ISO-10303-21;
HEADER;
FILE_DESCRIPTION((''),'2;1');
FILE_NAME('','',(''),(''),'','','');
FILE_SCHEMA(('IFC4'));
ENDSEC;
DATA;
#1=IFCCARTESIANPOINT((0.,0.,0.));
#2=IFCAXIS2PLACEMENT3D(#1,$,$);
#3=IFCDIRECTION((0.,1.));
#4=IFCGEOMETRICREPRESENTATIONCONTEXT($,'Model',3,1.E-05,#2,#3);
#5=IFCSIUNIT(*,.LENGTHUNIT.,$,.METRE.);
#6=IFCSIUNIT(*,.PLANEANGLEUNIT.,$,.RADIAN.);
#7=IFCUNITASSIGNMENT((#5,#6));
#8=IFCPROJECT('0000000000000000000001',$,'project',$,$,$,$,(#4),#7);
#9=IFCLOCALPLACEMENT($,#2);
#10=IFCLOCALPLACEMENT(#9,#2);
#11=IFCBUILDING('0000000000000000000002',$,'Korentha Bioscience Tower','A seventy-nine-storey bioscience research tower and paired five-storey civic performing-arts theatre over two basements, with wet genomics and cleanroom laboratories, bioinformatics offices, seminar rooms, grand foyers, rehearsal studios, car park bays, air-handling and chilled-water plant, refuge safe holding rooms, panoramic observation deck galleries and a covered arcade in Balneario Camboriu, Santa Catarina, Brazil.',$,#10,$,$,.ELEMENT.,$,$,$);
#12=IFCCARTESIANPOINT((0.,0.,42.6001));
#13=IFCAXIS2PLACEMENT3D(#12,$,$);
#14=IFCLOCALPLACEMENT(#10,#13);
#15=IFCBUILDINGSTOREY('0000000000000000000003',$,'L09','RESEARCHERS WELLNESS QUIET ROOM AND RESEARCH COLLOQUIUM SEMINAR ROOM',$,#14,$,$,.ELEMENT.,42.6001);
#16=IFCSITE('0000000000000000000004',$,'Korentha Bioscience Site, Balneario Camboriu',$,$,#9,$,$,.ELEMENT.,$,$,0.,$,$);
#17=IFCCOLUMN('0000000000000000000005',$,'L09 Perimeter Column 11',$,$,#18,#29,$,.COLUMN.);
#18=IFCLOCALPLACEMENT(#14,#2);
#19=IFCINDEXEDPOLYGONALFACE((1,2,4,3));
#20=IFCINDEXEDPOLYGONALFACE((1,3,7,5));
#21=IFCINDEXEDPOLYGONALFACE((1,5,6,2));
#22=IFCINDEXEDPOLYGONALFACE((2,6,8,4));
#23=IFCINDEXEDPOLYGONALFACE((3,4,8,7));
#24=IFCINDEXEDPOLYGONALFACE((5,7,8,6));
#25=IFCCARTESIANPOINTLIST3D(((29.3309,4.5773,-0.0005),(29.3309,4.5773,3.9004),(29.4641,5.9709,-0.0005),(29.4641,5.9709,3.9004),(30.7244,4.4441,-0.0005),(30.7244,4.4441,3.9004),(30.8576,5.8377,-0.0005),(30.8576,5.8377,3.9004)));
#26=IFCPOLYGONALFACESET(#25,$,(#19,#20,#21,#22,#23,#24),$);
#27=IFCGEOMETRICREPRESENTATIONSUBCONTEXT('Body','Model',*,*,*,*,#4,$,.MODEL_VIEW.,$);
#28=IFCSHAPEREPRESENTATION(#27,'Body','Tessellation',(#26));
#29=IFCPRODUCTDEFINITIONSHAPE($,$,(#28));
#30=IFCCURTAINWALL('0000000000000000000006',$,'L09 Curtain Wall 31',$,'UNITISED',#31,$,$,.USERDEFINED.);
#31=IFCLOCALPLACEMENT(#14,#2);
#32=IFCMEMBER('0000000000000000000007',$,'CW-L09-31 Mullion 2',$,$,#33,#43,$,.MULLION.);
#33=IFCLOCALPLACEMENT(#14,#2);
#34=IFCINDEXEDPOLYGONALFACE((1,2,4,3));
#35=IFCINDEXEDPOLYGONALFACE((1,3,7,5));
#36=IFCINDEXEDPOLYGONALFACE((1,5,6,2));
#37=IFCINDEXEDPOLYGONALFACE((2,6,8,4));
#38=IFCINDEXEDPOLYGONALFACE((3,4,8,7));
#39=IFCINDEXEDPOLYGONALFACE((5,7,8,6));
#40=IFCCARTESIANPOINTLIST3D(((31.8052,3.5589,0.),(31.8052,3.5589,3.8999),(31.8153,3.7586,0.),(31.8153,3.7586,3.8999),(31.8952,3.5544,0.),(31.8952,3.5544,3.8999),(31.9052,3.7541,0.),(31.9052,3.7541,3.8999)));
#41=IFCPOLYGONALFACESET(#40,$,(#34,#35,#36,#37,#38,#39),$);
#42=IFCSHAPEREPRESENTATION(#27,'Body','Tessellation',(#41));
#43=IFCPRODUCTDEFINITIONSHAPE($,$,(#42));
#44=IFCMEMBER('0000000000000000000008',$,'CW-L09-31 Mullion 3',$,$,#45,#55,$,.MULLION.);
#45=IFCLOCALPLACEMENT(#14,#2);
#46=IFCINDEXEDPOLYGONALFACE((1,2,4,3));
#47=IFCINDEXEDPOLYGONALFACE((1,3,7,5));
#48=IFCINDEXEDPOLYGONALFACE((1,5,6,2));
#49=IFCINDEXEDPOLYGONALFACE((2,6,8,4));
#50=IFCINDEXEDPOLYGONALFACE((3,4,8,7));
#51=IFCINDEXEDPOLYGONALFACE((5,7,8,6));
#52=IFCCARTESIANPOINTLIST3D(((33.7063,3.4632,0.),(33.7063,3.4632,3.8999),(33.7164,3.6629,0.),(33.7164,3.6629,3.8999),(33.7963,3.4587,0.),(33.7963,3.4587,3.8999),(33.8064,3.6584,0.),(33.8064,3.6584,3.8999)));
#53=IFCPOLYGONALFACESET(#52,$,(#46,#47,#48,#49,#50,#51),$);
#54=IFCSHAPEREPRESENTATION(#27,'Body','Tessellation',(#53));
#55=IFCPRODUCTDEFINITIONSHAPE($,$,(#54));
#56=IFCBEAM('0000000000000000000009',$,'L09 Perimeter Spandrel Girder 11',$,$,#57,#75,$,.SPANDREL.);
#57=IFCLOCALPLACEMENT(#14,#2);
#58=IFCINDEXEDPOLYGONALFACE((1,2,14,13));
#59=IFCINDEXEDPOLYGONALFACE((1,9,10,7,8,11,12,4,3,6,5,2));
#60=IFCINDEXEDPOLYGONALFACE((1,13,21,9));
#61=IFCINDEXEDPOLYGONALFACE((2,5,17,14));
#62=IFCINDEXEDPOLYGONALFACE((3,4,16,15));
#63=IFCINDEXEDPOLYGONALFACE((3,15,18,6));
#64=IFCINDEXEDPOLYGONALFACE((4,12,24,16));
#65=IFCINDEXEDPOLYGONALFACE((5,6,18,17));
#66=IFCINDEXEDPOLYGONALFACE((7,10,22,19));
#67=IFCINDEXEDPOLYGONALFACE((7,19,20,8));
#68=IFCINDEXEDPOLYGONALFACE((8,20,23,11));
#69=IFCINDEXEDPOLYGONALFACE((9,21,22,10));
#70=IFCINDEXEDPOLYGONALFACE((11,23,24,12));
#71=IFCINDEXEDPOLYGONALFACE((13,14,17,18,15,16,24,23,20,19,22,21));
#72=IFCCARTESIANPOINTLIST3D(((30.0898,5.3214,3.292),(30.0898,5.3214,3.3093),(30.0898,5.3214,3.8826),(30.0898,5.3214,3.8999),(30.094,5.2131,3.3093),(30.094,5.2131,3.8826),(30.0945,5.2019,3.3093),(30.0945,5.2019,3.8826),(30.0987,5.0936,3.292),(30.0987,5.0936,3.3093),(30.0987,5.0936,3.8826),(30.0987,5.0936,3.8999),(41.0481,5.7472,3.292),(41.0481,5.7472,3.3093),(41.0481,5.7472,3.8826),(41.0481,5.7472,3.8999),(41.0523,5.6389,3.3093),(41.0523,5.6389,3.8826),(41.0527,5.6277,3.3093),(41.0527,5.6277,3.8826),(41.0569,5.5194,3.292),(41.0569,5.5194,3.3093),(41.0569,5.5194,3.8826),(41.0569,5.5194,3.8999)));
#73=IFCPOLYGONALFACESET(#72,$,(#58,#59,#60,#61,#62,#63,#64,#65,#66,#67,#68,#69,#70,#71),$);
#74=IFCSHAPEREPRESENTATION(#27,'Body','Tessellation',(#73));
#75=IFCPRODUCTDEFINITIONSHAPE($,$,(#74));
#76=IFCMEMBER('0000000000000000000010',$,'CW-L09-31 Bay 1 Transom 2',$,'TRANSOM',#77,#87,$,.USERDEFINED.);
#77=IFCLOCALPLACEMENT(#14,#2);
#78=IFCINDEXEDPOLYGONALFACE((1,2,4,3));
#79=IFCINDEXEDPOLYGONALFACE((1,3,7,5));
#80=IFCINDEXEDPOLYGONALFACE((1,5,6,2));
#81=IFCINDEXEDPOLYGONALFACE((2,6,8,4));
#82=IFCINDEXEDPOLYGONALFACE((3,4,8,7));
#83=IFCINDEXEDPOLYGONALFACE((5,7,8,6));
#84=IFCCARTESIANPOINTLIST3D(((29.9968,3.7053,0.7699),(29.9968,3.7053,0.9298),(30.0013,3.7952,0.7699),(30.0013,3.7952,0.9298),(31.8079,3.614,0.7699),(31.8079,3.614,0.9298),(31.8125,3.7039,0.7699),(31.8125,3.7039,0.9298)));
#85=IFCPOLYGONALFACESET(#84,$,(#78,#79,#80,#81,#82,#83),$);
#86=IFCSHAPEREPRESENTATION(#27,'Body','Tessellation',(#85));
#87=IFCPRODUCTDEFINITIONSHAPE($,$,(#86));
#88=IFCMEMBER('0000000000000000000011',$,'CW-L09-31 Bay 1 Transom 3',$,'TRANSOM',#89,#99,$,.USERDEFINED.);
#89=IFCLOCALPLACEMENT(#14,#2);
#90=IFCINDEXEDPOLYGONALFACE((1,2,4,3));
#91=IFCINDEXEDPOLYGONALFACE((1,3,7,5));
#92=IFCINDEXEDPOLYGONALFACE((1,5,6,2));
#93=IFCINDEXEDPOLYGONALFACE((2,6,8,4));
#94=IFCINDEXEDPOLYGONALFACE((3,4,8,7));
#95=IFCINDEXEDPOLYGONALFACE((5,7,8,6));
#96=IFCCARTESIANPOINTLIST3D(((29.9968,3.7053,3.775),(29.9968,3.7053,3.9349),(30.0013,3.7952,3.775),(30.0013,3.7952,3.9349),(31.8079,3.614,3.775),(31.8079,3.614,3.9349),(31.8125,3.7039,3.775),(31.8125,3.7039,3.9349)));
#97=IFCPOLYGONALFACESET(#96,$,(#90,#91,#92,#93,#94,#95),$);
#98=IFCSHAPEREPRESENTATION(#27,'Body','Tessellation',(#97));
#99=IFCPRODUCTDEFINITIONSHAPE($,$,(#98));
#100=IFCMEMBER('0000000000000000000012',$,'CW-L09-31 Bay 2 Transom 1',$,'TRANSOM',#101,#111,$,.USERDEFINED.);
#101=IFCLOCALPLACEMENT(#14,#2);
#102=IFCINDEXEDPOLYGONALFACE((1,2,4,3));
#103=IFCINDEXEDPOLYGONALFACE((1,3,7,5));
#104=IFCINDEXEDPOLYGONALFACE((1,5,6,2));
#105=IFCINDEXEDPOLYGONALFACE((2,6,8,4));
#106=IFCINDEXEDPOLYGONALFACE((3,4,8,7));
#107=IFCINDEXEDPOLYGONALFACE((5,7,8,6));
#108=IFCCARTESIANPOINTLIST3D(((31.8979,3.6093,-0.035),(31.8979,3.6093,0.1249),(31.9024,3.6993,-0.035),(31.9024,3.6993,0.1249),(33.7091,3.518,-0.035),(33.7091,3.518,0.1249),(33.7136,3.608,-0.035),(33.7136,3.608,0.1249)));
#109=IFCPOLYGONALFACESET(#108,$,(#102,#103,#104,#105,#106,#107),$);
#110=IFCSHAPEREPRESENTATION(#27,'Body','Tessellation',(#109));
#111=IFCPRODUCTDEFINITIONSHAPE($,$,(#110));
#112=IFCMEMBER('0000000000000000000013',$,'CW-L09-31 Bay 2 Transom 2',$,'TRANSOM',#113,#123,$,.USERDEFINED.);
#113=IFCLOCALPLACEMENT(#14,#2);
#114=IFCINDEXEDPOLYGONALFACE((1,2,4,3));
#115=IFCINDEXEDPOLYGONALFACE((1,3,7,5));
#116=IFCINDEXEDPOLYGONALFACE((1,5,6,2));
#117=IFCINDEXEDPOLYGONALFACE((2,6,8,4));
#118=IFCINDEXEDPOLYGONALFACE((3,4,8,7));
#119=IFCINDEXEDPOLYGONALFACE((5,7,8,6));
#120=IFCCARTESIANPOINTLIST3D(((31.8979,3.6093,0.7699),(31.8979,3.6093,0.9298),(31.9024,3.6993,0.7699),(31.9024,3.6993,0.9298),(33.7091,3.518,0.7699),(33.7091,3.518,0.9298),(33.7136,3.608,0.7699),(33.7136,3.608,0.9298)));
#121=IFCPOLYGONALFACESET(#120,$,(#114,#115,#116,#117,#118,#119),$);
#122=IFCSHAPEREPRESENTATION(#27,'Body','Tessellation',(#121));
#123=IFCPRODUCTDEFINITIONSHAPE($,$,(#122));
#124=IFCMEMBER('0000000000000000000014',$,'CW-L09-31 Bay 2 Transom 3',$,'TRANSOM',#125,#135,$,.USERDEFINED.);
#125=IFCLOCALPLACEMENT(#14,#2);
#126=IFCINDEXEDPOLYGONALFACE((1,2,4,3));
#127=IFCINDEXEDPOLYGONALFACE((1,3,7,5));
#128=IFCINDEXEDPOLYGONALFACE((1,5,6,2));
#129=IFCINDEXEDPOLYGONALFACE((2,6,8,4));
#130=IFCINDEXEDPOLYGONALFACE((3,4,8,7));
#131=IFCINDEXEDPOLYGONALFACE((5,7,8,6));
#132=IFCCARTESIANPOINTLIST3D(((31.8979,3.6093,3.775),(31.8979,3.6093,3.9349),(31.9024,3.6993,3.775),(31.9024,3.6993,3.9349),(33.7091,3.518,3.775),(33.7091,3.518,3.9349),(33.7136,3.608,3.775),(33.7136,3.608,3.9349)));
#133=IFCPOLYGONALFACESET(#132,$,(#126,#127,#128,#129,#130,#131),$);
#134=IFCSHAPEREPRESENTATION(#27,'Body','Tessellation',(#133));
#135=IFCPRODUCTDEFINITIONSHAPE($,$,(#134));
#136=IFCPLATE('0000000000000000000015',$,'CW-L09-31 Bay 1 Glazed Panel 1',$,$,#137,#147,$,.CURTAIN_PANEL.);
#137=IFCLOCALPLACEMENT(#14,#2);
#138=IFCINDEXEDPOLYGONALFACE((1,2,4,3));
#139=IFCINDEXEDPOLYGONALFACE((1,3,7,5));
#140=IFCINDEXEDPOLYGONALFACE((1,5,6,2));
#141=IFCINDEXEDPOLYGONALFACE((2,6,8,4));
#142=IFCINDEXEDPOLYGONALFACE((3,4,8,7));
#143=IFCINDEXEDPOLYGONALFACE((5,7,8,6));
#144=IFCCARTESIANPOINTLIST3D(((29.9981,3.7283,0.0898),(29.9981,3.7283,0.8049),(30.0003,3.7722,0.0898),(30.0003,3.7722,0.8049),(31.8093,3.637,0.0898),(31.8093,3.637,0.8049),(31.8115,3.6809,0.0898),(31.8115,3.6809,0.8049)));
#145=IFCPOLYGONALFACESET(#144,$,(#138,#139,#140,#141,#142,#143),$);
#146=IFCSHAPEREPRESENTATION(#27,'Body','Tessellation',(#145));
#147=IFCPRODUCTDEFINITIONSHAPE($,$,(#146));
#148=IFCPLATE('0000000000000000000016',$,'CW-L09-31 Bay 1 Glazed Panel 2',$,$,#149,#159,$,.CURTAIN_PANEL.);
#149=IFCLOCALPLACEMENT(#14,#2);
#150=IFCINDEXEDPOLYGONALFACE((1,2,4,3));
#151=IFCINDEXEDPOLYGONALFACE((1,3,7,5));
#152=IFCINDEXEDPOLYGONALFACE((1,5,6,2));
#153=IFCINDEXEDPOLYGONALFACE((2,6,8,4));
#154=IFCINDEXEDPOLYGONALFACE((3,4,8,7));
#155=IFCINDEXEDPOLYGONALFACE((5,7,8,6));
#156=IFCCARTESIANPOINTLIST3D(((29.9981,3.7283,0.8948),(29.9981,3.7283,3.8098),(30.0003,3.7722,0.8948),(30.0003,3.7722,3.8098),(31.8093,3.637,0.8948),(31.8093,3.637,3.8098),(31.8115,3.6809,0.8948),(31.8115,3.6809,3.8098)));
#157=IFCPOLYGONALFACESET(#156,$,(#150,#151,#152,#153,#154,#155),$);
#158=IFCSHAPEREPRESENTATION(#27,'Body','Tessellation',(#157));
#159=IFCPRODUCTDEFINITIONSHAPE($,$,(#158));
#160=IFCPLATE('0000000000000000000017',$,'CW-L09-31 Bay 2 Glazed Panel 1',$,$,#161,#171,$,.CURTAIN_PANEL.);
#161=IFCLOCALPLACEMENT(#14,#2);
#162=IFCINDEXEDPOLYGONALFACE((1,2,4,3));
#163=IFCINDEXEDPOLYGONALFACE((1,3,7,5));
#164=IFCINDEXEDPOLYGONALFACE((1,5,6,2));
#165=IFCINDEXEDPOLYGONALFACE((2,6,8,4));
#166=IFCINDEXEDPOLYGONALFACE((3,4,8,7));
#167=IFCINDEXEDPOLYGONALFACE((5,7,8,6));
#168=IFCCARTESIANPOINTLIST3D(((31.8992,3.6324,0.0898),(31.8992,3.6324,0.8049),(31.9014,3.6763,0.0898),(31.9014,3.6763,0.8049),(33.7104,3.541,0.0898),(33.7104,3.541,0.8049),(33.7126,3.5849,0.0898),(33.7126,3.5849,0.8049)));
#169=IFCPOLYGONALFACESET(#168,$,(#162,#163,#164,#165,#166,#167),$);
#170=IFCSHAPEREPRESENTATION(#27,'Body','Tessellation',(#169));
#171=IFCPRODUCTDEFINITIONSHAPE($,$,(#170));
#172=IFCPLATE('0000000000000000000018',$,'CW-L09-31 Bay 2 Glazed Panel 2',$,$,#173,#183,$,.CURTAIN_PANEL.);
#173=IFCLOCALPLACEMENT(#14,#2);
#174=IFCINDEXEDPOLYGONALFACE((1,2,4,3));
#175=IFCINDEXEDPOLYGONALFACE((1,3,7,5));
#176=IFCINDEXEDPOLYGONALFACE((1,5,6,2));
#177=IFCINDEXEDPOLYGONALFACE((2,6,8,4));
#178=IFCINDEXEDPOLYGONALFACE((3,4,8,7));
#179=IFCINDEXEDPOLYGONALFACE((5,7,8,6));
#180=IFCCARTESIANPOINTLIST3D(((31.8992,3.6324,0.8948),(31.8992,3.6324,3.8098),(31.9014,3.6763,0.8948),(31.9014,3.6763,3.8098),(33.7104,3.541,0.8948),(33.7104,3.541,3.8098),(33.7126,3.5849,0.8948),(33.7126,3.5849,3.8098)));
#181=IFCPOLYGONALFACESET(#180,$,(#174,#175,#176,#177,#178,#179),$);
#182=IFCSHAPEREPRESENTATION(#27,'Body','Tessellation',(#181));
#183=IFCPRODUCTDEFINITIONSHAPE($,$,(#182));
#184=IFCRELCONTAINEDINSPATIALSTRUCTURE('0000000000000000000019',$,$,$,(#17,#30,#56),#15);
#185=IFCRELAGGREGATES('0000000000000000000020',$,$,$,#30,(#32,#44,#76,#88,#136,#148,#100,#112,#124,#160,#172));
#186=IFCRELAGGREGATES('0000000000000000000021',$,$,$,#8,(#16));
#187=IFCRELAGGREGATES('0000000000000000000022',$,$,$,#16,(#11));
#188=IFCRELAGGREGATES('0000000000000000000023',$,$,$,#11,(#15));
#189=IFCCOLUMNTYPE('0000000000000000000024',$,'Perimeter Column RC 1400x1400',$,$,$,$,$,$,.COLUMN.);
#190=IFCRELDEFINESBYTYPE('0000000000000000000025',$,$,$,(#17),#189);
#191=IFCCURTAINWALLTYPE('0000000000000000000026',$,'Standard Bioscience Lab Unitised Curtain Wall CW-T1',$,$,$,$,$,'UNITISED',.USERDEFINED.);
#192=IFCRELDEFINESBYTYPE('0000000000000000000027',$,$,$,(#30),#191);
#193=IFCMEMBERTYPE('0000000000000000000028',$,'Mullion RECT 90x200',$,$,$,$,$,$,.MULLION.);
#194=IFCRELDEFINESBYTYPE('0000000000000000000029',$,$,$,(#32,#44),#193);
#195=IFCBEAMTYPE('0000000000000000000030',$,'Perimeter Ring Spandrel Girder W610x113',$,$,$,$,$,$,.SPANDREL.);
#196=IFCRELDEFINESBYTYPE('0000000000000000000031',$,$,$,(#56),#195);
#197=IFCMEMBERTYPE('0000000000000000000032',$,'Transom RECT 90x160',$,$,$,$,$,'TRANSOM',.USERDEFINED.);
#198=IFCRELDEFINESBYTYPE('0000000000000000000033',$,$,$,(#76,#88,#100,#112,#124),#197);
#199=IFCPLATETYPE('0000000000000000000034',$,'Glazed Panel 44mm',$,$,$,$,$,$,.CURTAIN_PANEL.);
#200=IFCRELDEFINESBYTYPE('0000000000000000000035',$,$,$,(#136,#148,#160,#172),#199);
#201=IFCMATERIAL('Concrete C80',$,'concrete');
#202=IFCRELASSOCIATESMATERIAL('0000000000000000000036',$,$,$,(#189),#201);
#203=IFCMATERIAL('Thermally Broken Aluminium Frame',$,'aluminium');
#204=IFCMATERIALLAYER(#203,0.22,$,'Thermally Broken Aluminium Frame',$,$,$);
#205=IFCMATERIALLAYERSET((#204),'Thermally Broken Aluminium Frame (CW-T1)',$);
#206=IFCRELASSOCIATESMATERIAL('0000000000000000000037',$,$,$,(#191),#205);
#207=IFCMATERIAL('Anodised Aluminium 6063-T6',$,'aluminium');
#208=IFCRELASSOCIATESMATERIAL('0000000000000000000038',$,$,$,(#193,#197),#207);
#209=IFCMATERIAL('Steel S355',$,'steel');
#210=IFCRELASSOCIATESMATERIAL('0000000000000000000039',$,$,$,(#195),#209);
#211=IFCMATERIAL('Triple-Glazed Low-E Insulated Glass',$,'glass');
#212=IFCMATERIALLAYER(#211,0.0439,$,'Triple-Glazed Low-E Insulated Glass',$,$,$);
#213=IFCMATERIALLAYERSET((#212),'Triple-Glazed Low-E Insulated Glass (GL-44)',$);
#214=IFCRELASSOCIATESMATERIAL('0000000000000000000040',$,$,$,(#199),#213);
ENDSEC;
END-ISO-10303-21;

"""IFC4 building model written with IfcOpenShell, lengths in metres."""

from ifc_helpers import new_model, si_unit, direction, frame, origin, origin_2d, place, context, subcontext, project, spatial, rectangle, i_section, extrude, material, layer, layer_set, material_profile, profile_set, type_object, element, aggregate, save


model = new_model("IFC4")

# Units and contexts
model_context = context("Model", 3, precision=1e-05, world=origin(), true_north=direction((0.0, 1.0)))
body_context = subcontext(model_context, "Body", "Model", "MODEL_VIEW")
ifc_project = project(units=[si_unit("LENGTHUNIT", "METRE"), si_unit("PLANEANGLEUNIT", "RADIAN")], contexts=[model_context])

# Site, building, storey
site_placement = place(None, origin())
site = spatial("IfcSite", under=ifc_project, at=site_placement, Name="Korentha Bioscience Site, Balneario Camboriu", CompositionType="ELEMENT", RefElevation=0.0)
building_placement = place(site_placement, origin())
building = spatial("IfcBuilding", under=site, at=building_placement, Name="Korentha Bioscience Tower", Description="A seventy-nine-storey bioscience research tower and paired five-storey civic performing-arts theatre over two basements, with wet genomics and cleanroom laboratories, bioinformatics offices, seminar rooms, grand foyers, rehearsal studios, car park bays, air-handling and chilled-water plant, refuge safe holding rooms, panoramic observation deck galleries and a covered arcade in Balneario Camboriu, Santa Catarina, Brazil.", CompositionType="ELEMENT")
storey_placement = place(building_placement, frame((0.0, 0.0, 42.6001)))
storey = spatial("IfcBuildingStorey", under=building, at=storey_placement, Name="L09", Description="RESEARCHERS WELLNESS QUIET ROOM AND RESEARCH COLLOQUIUM SEMINAR ROOM", CompositionType="ELEMENT", Elevation=42.6001)

# Column
ifc_material_1 = material(Name="Concrete C80", Category="concrete")
ifc_material_profile_1 = material_profile(ifc_material_1, rectangle(XDim=1.3999, YDim=1.3999, at=origin_2d()), Name="Concrete C80")
ifc_profile_set_1 = profile_set([ifc_material_profile_1], Name="Concrete C80 (COL-P14)")
column_type = type_object("IfcColumnType", Name="Perimeter Column RC 1400x1400", PredefinedType="COLUMN", material=ifc_profile_set_1)
column_placement = place(storey_placement, frame((30.0942, 5.2075, -0.0005), z_axis=(0.0, 0.0, 1.0), x_axis=(-0.995463, 0.095151, 0.0)))
element("IfcColumn", 1, at=column_placement, inside=storey, type_object=column_type, Name="L09 Perimeter Column 11", PredefinedType="COLUMN", context=body_context, shape_type="SweptSolid", body=[
    extrude(rectangle(XDim=1.3999, YDim=1.3999, at=origin_2d()), origin(), (0.0, 0.0, 1.0), 3.9009),
])

# Curtain wall, members
ifc_material_2 = material(Name="Thermally Broken Aluminium Frame", Category="aluminium")
ifc_layer_1 = layer(ifc_material_2, 0.22, Name="Thermally Broken Aluminium Frame")
ifc_layer_set_1 = layer_set([ifc_layer_1], Name="Thermally Broken Aluminium Frame (CW-T1)")
curtain_wall_type = type_object("IfcCurtainWallType", Name="Standard Bioscience Lab Unitised Curtain Wall CW-T1", ElementType="UNITISED", PredefinedType="USERDEFINED", material=ifc_layer_set_1)
curtain_wall_placement = place(storey_placement, origin())
curtain_wall = element("IfcCurtainWall", 2, at=curtain_wall_placement, inside=storey, type_object=curtain_wall_type, Name="L09 Curtain Wall 31", ObjectType="UNITISED", PredefinedType="USERDEFINED")
ifc_material_3 = material(Name="Anodised Aluminium 6063-T6", Category="aluminium")
ifc_material_profile_2 = material_profile(ifc_material_3, rectangle(XDim=0.0901, YDim=0.2, at=origin_2d()), Name="Anodised Aluminium 6063-T6")
ifc_profile_set_2 = profile_set([ifc_material_profile_2], Name="Anodised Aluminium 6063-T6 (CW-MUL)")
member_type_1 = type_object("IfcMemberType", Name="Mullion RECT 90x200", PredefinedType="MULLION", material=ifc_profile_set_2)
member_1_placement = place(storey_placement, frame((31.8552, 3.6565, 0.0), z_axis=(0.0, 0.0, 1.0), x_axis=(0.998731, -0.050371, 0.0)))
member_1 = element("IfcMember", 3, at=member_1_placement, type_object=member_type_1, Name="CW-L09-31 Mullion 2", PredefinedType="MULLION", context=body_context, shape_type="SweptSolid", body=[
    extrude(rectangle(XDim=0.0901, YDim=0.2, at=origin_2d()), origin(), (0.0, 0.0, 1.0), 3.8999),
])
member_2_placement = place(storey_placement, frame((33.7563, 3.5608, 0.0), z_axis=(0.0, 0.0, 1.0), x_axis=(0.998731, -0.050371, 0.0)))
member_2 = element("IfcMember", 4, at=member_2_placement, type_object=member_type_1, Name="CW-L09-31 Mullion 3", PredefinedType="MULLION", context=body_context, shape_type="SweptSolid", body=[
    extrude(rectangle(XDim=0.0901, YDim=0.2, at=origin_2d()), origin(), (0.0, 0.0, 1.0), 3.8999),
])

# Beam
ifc_material_4 = material(Name="Steel S355", Category="steel")
ifc_material_profile_3 = material_profile(ifc_material_4, i_section(OverallWidth=0.228, OverallDepth=0.6079, WebThickness=0.0112, FlangeThickness=0.0173, at=origin_2d()), Name="Steel S355")
ifc_profile_set_3 = profile_set([ifc_material_profile_3], Name="Steel S355 (SB-610)")
beam_type = type_object("IfcBeamType", Name="Perimeter Ring Spandrel Girder W610x113", PredefinedType="SPANDREL", material=ifc_profile_set_3)
beam_placement = place(storey_placement, frame((30.0942, 5.2075, 3.5959), z_axis=(0.999246, 0.038826, 0.0), x_axis=(-0.038826, 0.999246, 0.0)))
element("IfcBeam", 5, at=beam_placement, inside=storey, type_object=beam_type, Name="L09 Perimeter Spandrel Girder 11", PredefinedType="SPANDREL", context=body_context, shape_type="SweptSolid", body=[
    extrude(i_section(OverallWidth=0.228, OverallDepth=0.6079, WebThickness=0.0112, FlangeThickness=0.0173, at=origin_2d()), origin(), (0.0, 0.0, 1.0), 10.9666),
])

# Members
ifc_material_profile_4 = material_profile(ifc_material_3, rectangle(XDim=0.0901, YDim=0.1599, at=origin_2d()), Name="Anodised Aluminium 6063-T6")
ifc_profile_set_4 = profile_set([ifc_material_profile_4], Name="Anodised Aluminium 6063-T6 (CW-TRN)")
member_type_2 = type_object("IfcMemberType", Name="Transom RECT 90x160", ElementType="TRANSOM", PredefinedType="USERDEFINED", material=ifc_profile_set_4)
member_3_placement = place(storey_placement, frame((29.999, 3.7502, 0.8499), z_axis=(0.998732, -0.050347, 0.0), x_axis=(0.050347, 0.998732, 0.0)))
member_3 = element("IfcMember", 6, at=member_3_placement, type_object=member_type_2, Name="CW-L09-31 Bay 1 Transom 2", ObjectType="TRANSOM", PredefinedType="USERDEFINED", context=body_context, shape_type="SweptSolid", body=[
    extrude(rectangle(XDim=0.0901, YDim=0.1599, at=origin_2d()), origin(), (0.0, 0.0, 1.0), 1.8135),
])
member_4_placement = place(storey_placement, frame((29.999, 3.7502, 3.855), z_axis=(0.998732, -0.050347, 0.0), x_axis=(0.050347, 0.998732, 0.0)))
member_4 = element("IfcMember", 7, at=member_4_placement, type_object=member_type_2, Name="CW-L09-31 Bay 1 Transom 3", ObjectType="TRANSOM", PredefinedType="USERDEFINED", context=body_context, shape_type="SweptSolid", body=[
    extrude(rectangle(XDim=0.0901, YDim=0.1599, at=origin_2d()), origin(), (0.0, 0.0, 1.0), 1.8135),
])
member_5_placement = place(storey_placement, frame((31.9001, 3.6543, 0.0449), z_axis=(0.998732, -0.050347, 0.0), x_axis=(0.050347, 0.998732, 0.0)))
member_5 = element("IfcMember", 8, at=member_5_placement, type_object=member_type_2, Name="CW-L09-31 Bay 2 Transom 1", ObjectType="TRANSOM", PredefinedType="USERDEFINED", context=body_context, shape_type="SweptSolid", body=[
    extrude(rectangle(XDim=0.0901, YDim=0.1599, at=origin_2d()), origin(), (0.0, 0.0, 1.0), 1.8135),
])
member_6_placement = place(storey_placement, frame((31.9001, 3.6543, 0.8499), z_axis=(0.998732, -0.050347, 0.0), x_axis=(0.050347, 0.998732, 0.0)))
member_6 = element("IfcMember", 9, at=member_6_placement, type_object=member_type_2, Name="CW-L09-31 Bay 2 Transom 2", ObjectType="TRANSOM", PredefinedType="USERDEFINED", context=body_context, shape_type="SweptSolid", body=[
    extrude(rectangle(XDim=0.0901, YDim=0.1599, at=origin_2d()), origin(), (0.0, 0.0, 1.0), 1.8135),
])
member_7_placement = place(storey_placement, frame((31.9001, 3.6543, 3.855), z_axis=(0.998732, -0.050347, 0.0), x_axis=(0.050347, 0.998732, 0.0)))
member_7 = element("IfcMember", 10, at=member_7_placement, type_object=member_type_2, Name="CW-L09-31 Bay 2 Transom 3", ObjectType="TRANSOM", PredefinedType="USERDEFINED", context=body_context, shape_type="SweptSolid", body=[
    extrude(rectangle(XDim=0.0901, YDim=0.1599, at=origin_2d()), origin(), (0.0, 0.0, 1.0), 1.8135),
])

# Plates
ifc_material_5 = material(Name="Triple-Glazed Low-E Insulated Glass", Category="glass")
ifc_layer_2 = layer(ifc_material_5, 0.0439, Name="Triple-Glazed Low-E Insulated Glass")
ifc_layer_set_2 = layer_set([ifc_layer_2], Name="Triple-Glazed Low-E Insulated Glass (GL-44)")
plate_type = type_object("IfcPlateType", Name="Glazed Panel 44mm", PredefinedType="CURTAIN_PANEL", material=ifc_layer_set_2)
plate_1_placement = place(storey_placement, frame((30.9048, 3.7046, 0.0898), z_axis=(0.0, 0.0, 1.0), x_axis=(0.998731, -0.050371, 0.0)))
plate_1 = element("IfcPlate", 11, at=plate_1_placement, type_object=plate_type, Name="CW-L09-31 Bay 1 Glazed Panel 1", PredefinedType="CURTAIN_PANEL", context=body_context, shape_type="SweptSolid", body=[
    extrude(rectangle(XDim=1.8135, YDim=0.0439, at=origin_2d()), origin(), (0.0, 0.0, 1.0), 0.7151),
])
plate_2_placement = place(storey_placement, frame((30.9048, 3.7046, 0.8948), z_axis=(0.0, 0.0, 1.0), x_axis=(0.998731, -0.050371, 0.0)))
plate_2 = element("IfcPlate", 12, at=plate_2_placement, type_object=plate_type, Name="CW-L09-31 Bay 1 Glazed Panel 2", PredefinedType="CURTAIN_PANEL", context=body_context, shape_type="SweptSolid", body=[
    extrude(rectangle(XDim=1.8135, YDim=0.0439, at=origin_2d()), origin(), (0.0, 0.0, 1.0), 2.915),
])
plate_3_placement = place(storey_placement, frame((32.8059, 3.6086, 0.0898), z_axis=(0.0, 0.0, 1.0), x_axis=(0.998731, -0.050371, 0.0)))
plate_3 = element("IfcPlate", 13, at=plate_3_placement, type_object=plate_type, Name="CW-L09-31 Bay 2 Glazed Panel 1", PredefinedType="CURTAIN_PANEL", context=body_context, shape_type="SweptSolid", body=[
    extrude(rectangle(XDim=1.8135, YDim=0.0439, at=origin_2d()), origin(), (0.0, 0.0, 1.0), 0.7151),
])
plate_4_placement = place(storey_placement, frame((32.8059, 3.6086, 0.8948), z_axis=(0.0, 0.0, 1.0), x_axis=(0.998731, -0.050371, 0.0)))
plate_4 = element("IfcPlate", 14, at=plate_4_placement, type_object=plate_type, Name="CW-L09-31 Bay 2 Glazed Panel 2", PredefinedType="CURTAIN_PANEL", context=body_context, shape_type="SweptSolid", body=[
    extrude(rectangle(XDim=1.8135, YDim=0.0439, at=origin_2d()), origin(), (0.0, 0.0, 1.0), 2.915),
])
aggregate(curtain_wall, [member_1, member_2, member_3, member_4, plate_1, plate_2, member_5, member_6, member_7, plate_3, plate_4])

save(model, "model.ifc")
